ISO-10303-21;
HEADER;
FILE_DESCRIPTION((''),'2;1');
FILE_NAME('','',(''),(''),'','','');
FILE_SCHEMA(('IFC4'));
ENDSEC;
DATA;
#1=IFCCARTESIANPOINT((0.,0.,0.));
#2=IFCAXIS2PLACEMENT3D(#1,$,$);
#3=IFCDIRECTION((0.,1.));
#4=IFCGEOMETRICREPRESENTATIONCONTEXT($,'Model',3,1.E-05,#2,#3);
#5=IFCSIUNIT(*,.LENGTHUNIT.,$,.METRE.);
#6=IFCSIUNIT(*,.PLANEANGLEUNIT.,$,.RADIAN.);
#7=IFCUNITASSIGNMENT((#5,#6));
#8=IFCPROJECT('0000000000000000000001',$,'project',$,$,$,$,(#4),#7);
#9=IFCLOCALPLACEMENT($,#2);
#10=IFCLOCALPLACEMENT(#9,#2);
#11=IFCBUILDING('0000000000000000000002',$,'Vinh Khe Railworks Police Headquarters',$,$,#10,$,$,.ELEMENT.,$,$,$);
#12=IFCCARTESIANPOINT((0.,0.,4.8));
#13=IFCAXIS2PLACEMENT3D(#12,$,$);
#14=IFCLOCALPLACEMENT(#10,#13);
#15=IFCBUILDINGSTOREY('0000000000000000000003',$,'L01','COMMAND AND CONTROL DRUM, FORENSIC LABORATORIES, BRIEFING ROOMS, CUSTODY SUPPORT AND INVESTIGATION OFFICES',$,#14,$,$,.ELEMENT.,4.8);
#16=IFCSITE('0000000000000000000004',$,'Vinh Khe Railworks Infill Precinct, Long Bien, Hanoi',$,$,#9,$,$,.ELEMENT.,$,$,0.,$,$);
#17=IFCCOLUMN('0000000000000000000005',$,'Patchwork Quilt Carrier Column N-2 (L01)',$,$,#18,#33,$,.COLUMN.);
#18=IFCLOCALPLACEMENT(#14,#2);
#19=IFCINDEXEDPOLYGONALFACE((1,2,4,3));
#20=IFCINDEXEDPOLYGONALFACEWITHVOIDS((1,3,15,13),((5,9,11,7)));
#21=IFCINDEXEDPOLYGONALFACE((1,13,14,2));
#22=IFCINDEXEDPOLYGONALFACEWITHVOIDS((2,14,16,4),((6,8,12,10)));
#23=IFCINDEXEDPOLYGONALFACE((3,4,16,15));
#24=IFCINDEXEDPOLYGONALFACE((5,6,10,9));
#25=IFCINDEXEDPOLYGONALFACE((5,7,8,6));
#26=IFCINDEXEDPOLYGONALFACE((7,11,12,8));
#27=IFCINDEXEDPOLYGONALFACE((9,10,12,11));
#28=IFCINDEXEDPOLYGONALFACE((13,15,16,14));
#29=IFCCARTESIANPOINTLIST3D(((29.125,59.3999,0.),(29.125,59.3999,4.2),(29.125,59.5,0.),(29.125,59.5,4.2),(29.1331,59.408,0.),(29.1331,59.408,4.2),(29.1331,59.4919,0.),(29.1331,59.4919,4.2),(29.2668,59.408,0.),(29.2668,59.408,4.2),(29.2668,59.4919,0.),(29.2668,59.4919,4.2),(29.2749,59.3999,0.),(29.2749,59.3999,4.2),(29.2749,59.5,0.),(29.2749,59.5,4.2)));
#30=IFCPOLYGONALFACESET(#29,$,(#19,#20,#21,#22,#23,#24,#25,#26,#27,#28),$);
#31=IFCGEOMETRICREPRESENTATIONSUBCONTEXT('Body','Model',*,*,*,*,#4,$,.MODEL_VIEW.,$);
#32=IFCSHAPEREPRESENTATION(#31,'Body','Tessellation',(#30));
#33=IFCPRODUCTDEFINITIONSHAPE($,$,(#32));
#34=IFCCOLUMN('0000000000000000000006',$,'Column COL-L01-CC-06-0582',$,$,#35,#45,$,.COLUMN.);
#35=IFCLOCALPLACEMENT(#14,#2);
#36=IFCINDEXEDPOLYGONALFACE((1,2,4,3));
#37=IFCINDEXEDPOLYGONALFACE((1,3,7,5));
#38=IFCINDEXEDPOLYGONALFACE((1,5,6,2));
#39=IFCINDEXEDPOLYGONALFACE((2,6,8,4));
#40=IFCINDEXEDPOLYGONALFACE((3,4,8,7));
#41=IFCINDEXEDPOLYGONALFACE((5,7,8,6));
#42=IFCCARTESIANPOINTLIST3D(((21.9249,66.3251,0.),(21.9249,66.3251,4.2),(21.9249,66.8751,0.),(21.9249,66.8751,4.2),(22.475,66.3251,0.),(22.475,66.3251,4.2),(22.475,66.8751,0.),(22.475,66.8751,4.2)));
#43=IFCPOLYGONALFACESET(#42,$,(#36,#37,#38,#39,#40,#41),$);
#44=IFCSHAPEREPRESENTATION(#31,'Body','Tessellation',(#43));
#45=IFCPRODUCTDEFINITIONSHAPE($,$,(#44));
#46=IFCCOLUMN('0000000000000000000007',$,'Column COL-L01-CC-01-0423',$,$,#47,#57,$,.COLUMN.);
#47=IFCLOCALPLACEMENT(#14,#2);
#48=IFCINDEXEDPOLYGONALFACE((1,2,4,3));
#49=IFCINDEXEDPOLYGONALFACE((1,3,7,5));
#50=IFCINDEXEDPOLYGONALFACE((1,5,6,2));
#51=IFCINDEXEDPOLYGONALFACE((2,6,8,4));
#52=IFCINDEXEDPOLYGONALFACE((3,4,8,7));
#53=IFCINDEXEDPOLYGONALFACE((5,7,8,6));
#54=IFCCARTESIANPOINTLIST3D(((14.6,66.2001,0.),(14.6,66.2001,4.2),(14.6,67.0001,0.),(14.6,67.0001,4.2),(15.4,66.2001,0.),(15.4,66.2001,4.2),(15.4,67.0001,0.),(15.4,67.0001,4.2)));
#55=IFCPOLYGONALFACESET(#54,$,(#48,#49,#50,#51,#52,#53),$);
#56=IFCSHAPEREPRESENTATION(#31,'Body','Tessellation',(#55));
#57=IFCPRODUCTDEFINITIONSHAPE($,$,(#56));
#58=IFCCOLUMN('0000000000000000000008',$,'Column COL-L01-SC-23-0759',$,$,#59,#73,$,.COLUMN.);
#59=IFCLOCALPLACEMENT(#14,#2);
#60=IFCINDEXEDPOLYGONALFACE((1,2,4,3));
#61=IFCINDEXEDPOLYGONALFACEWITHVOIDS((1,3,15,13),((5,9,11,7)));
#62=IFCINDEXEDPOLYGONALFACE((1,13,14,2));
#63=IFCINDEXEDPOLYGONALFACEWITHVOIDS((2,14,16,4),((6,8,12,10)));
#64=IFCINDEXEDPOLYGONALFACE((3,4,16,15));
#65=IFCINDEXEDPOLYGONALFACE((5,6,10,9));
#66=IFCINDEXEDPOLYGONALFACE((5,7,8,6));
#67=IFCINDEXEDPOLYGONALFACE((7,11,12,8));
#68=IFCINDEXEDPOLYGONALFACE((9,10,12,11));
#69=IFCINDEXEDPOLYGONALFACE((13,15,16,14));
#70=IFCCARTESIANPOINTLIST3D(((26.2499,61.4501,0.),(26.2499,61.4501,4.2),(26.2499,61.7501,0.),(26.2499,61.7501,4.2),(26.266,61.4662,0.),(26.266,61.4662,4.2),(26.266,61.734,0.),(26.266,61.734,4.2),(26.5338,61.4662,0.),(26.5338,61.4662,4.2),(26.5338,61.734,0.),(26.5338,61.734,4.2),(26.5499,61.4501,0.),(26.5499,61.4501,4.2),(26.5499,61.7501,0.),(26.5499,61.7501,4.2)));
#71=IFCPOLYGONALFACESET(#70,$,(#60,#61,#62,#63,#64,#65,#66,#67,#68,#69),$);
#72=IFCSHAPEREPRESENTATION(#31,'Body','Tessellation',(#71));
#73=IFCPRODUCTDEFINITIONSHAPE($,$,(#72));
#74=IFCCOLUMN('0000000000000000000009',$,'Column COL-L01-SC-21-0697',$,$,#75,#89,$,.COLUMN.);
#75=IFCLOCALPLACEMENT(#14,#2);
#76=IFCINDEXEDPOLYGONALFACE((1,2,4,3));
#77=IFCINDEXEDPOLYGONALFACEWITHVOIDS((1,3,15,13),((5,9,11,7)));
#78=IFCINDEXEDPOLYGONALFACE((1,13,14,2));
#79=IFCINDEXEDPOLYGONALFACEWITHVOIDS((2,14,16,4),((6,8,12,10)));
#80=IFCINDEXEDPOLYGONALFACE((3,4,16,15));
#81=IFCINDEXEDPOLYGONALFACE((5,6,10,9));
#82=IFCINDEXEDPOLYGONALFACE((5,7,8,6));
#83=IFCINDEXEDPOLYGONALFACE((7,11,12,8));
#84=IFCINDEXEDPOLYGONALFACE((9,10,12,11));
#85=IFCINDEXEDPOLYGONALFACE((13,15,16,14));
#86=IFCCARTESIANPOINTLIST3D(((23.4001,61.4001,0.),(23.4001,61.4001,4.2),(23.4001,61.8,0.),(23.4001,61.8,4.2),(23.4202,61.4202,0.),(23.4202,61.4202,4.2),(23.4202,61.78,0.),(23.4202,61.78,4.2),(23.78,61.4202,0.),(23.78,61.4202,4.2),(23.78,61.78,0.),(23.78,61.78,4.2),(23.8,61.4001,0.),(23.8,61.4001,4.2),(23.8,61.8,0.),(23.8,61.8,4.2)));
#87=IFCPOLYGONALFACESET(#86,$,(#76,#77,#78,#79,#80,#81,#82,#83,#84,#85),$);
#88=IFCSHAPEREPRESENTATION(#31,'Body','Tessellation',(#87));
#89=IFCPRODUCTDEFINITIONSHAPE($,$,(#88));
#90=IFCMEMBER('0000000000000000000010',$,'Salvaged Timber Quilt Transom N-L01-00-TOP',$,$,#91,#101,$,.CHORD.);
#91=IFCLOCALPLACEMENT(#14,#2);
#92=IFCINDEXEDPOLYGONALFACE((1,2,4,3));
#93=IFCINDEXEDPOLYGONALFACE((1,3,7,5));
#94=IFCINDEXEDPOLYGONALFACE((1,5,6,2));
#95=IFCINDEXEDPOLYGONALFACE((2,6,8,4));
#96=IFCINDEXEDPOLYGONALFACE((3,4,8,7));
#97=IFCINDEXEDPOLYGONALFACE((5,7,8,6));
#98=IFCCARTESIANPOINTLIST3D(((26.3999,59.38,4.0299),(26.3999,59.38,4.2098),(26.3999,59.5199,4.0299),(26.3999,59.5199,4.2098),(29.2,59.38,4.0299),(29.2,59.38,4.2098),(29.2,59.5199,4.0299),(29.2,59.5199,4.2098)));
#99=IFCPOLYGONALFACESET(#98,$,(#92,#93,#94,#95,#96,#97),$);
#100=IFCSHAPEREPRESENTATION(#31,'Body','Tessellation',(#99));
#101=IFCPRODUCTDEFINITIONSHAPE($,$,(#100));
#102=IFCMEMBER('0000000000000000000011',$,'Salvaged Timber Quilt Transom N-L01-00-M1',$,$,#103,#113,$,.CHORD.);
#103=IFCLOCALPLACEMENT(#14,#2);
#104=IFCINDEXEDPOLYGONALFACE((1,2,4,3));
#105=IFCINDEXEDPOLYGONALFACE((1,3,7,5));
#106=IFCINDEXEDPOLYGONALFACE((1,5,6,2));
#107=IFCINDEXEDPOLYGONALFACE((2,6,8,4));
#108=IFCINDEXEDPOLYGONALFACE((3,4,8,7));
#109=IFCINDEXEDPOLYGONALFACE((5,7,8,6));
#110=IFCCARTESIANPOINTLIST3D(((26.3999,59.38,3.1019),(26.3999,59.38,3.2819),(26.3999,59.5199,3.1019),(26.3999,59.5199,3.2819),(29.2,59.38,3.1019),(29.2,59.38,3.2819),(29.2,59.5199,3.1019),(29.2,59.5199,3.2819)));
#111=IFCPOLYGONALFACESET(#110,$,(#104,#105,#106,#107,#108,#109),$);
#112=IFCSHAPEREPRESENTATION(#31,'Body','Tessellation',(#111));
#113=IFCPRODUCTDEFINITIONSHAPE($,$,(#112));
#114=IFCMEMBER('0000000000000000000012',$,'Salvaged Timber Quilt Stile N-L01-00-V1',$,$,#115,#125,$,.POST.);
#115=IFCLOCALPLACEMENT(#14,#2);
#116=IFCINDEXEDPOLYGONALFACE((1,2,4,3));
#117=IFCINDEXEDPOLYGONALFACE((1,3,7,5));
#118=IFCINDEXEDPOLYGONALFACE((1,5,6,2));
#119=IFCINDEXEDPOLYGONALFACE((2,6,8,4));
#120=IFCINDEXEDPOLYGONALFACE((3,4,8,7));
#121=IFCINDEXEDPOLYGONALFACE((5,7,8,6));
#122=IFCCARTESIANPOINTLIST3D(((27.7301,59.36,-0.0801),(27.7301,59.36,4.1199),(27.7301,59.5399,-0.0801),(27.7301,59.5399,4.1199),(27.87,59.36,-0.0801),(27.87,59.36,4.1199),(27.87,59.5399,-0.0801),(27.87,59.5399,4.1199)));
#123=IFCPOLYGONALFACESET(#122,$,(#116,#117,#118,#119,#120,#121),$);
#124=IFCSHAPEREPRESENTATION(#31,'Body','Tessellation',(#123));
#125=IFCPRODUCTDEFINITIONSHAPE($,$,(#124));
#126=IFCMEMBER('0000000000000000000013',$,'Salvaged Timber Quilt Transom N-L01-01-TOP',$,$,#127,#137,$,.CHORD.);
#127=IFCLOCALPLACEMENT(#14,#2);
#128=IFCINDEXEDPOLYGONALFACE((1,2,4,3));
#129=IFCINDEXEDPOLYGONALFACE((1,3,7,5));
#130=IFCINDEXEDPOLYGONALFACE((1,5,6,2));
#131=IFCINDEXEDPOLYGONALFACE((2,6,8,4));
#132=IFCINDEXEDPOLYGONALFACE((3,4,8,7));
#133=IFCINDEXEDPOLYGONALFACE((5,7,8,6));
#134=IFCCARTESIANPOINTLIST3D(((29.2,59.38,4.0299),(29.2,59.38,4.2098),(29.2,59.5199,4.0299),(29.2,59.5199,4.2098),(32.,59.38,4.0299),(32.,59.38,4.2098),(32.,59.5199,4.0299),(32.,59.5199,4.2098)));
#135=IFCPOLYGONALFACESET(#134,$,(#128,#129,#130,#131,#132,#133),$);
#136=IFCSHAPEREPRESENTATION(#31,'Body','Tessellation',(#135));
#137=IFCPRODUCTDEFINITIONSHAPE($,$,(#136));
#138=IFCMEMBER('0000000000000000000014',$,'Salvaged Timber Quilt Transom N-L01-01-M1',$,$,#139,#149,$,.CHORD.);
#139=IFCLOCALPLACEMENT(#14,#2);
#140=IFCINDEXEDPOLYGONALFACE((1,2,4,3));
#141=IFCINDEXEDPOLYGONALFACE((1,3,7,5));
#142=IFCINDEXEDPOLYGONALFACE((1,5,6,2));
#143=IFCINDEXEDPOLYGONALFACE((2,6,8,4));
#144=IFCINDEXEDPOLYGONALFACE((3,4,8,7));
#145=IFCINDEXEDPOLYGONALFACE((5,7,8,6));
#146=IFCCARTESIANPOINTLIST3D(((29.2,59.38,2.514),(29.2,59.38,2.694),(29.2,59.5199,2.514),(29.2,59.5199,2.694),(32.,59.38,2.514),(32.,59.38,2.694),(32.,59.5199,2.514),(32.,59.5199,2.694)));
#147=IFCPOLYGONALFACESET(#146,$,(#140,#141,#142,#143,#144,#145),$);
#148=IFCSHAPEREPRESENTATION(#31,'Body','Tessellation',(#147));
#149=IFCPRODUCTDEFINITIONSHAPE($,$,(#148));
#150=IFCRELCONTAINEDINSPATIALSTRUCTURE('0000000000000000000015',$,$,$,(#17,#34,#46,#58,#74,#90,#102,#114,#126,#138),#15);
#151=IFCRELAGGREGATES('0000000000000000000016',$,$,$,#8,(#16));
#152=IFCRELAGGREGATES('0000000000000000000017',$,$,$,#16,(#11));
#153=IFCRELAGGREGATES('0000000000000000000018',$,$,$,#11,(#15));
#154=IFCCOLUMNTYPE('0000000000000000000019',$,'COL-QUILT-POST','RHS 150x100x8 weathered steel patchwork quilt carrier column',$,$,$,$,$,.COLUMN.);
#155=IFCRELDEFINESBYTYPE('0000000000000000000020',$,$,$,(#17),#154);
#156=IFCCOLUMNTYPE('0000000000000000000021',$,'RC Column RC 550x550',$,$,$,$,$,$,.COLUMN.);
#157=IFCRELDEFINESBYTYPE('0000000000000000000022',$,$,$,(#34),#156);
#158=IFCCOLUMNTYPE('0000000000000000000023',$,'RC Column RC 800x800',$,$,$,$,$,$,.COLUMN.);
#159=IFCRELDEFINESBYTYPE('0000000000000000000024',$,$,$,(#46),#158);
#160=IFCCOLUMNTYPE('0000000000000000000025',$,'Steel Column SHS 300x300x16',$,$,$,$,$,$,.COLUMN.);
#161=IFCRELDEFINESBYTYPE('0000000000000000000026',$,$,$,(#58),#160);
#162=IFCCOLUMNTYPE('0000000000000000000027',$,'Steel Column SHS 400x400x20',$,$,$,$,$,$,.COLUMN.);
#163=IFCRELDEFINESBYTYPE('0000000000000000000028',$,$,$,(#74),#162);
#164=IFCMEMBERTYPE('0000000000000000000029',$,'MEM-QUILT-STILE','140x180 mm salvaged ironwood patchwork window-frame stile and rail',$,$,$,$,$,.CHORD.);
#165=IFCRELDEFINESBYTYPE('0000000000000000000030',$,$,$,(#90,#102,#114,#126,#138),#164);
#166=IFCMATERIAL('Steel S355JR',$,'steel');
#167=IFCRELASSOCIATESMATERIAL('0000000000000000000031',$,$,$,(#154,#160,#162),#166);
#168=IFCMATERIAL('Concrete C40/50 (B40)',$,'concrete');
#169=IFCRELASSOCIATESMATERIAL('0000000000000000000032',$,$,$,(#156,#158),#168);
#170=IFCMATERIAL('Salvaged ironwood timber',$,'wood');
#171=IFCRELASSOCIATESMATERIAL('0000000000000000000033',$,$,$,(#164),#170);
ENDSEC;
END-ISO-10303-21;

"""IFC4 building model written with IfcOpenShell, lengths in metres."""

from ifc_helpers import new_model, si_unit, direction, frame, origin, origin_2d, place, context, subcontext, project, spatial, rectangle, hollow_rectangle, extrude, material, material_profile, profile_set, type_object, element, save


model = new_model("IFC4")

# Units and contexts
model_context = context("Model", 3, precision=1e-05, world=origin(), true_north=direction((0.0, 1.0)))
body_context = subcontext(model_context, "Body", "Model", "MODEL_VIEW")
ifc_project = project(units=[si_unit("LENGTHUNIT", "METRE"), si_unit("PLANEANGLEUNIT", "RADIAN")], contexts=[model_context])

# Site, building, storey
site_placement = place(None, origin())
site = spatial("IfcSite", under=ifc_project, at=site_placement, Name="Vinh Khe Railworks Infill Precinct, Long Bien, Hanoi", CompositionType="ELEMENT", RefElevation=0.0)
building_placement = place(site_placement, origin())
building = spatial("IfcBuilding", under=site, at=building_placement, Name="Vinh Khe Railworks Police Headquarters", CompositionType="ELEMENT")
storey_placement = place(building_placement, frame((0.0, 0.0, 4.8)))
storey = spatial("IfcBuildingStorey", under=building, at=storey_placement, Name="L01", Description="COMMAND AND CONTROL DRUM, FORENSIC LABORATORIES, BRIEFING ROOMS, CUSTODY SUPPORT AND INVESTIGATION OFFICES", CompositionType="ELEMENT", Elevation=4.8)

# Columns
ifc_material_1 = material(Name="Steel S355JR", Category="steel")
ifc_material_profile_1 = material_profile(ifc_material_1, hollow_rectangle(XDim=0.1499, YDim=0.1001, WallThickness=0.0081, at=origin_2d()), Name="RHS 150x100x8")
ifc_profile_set_1 = profile_set([ifc_material_profile_1], Name="Steel S355JR")
column_type_1 = type_object("IfcColumnType", Name="COL-QUILT-POST", Description="RHS 150x100x8 weathered steel patchwork quilt carrier column", PredefinedType="COLUMN", material=ifc_profile_set_1)
column_1_placement = place(storey_placement, frame((29.2, 59.45, 0.0), z_axis=(0.0, 0.0, 1.0), x_axis=(1.0, 0.0, 0.0)))
element("IfcColumn", 1, at=column_1_placement, inside=storey, type_object=column_type_1, Name="Patchwork Quilt Carrier Column N-2 (L01)", PredefinedType="COLUMN", context=body_context, shape_type="SweptSolid", body=[
    extrude(hollow_rectangle(XDim=0.1499, YDim=0.1001, WallThickness=0.0081, at=origin_2d()), origin(), (0.0, 0.0, 1.0), 4.2),
])
ifc_material_2 = material(Name="Concrete C40/50 (B40)", Category="concrete")
ifc_material_profile_2 = material_profile(ifc_material_2, rectangle(XDim=0.55, YDim=0.55, at=origin_2d()), Name="RC 550x550")
ifc_profile_set_2 = profile_set([ifc_material_profile_2], Name="Concrete C40/50 (B40)")
column_type_2 = type_object("IfcColumnType", Name="RC Column RC 550x550", PredefinedType="COLUMN", material=ifc_profile_set_2)
column_2_placement = place(storey_placement, frame((22.2, 66.6001, 0.0), z_axis=(0.0, 0.0, 1.0), x_axis=(1.0, 0.0, 0.0)))
element("IfcColumn", 2, at=column_2_placement, inside=storey, type_object=column_type_2, Name="Column COL-L01-CC-06-0582", PredefinedType="COLUMN", context=body_context, shape_type="SweptSolid", body=[
    extrude(rectangle(XDim=0.55, YDim=0.55, at=origin_2d()), origin(), (0.0, 0.0, 1.0), 4.2),
])
ifc_material_profile_3 = material_profile(ifc_material_2, rectangle(XDim=0.8, YDim=0.8, at=origin_2d()), Name="RC 800x800")
ifc_profile_set_3 = profile_set([ifc_material_profile_3], Name="Concrete C40/50 (B40)")
column_type_3 = type_object("IfcColumnType", Name="RC Column RC 800x800", PredefinedType="COLUMN", material=ifc_profile_set_3)
column_3_placement = place(storey_placement, frame((15.0, 66.6001, 0.0), z_axis=(0.0, 0.0, 1.0), x_axis=(1.0, 0.0, 0.0)))
element("IfcColumn", 3, at=column_3_placement, inside=storey, type_object=column_type_3, Name="Column COL-L01-CC-01-0423", PredefinedType="COLUMN", context=body_context, shape_type="SweptSolid", body=[
    extrude(rectangle(XDim=0.8, YDim=0.8, at=origin_2d()), origin(), (0.0, 0.0, 1.0), 4.2),
])
ifc_material_profile_4 = material_profile(ifc_material_1, hollow_rectangle(XDim=0.3, YDim=0.3, WallThickness=0.0161, at=origin_2d()), Name="SHS 300x300x16")
ifc_profile_set_4 = profile_set([ifc_material_profile_4], Name="Steel S355JR")
column_type_4 = type_object("IfcColumnType", Name="Steel Column SHS 300x300x16", PredefinedType="COLUMN", material=ifc_profile_set_4)
column_4_placement = place(storey_placement, frame((26.3999, 61.6001, 0.0), z_axis=(0.0, 0.0, 1.0), x_axis=(1.0, 0.0, 0.0)))
element("IfcColumn", 4, at=column_4_placement, inside=storey, type_object=column_type_4, Name="Column COL-L01-SC-23-0759", PredefinedType="COLUMN", context=body_context, shape_type="SweptSolid", body=[
    extrude(hollow_rectangle(XDim=0.3, YDim=0.3, WallThickness=0.0161, at=origin_2d()), origin(), (0.0, 0.0, 1.0), 4.2),
])
ifc_material_profile_5 = material_profile(ifc_material_1, hollow_rectangle(XDim=0.3999, YDim=0.3999, WallThickness=0.02, at=origin_2d()), Name="SHS 400x400x20")
ifc_profile_set_5 = profile_set([ifc_material_profile_5], Name="Steel S355JR")
column_type_5 = type_object("IfcColumnType", Name="Steel Column SHS 400x400x20", PredefinedType="COLUMN", material=ifc_profile_set_5)
column_5_placement = place(storey_placement, frame((23.6001, 61.6001, 0.0), z_axis=(0.0, 0.0, 1.0), x_axis=(1.0, 0.0, 0.0)))
element("IfcColumn", 5, at=column_5_placement, inside=storey, type_object=column_type_5, Name="Column COL-L01-SC-21-0697", PredefinedType="COLUMN", context=body_context, shape_type="SweptSolid", body=[
    extrude(hollow_rectangle(XDim=0.3999, YDim=0.3999, WallThickness=0.02, at=origin_2d()), origin(), (0.0, 0.0, 1.0), 4.2),
])

# Members
ifc_material_3 = material(Name="Salvaged ironwood timber", Category="wood")
ifc_material_profile_6 = material_profile(ifc_material_3, rectangle(XDim=0.1399, YDim=0.1799, at=origin_2d()), Name="TIMBER 140x180")
ifc_profile_set_6 = profile_set([ifc_material_profile_6], Name="Salvaged ironwood timber")
member_type = type_object("IfcMemberType", Name="MEM-QUILT-STILE", Description="140x180 mm salvaged ironwood patchwork window-frame stile and rail", PredefinedType="CHORD", material=ifc_profile_set_6)
for number, where, z_axis, x_axis, name in (
    (6, (26.3999, 59.45, 4.1199), (1.0, 0.0, 0.0), (0.0, 1.0, 0.0), "Salvaged Timber Quilt Transom N-L01-00-TOP"),
    (7, (26.3999, 59.45, 3.1919), (1.0, 0.0, 0.0), (0.0, 1.0, 0.0), "Salvaged Timber Quilt Transom N-L01-00-M1"),
):
    element("IfcMember", number, at=place(storey_placement, frame(where, z_axis=z_axis, x_axis=x_axis)), inside=storey, type_object=member_type, Name=name, PredefinedType="CHORD", context=body_context, shape_type="SweptSolid", body=[
        extrude(rectangle(XDim=0.1399, YDim=0.1799, at=origin_2d()), origin(), (0.0, 0.0, 1.0), 2.8),
    ])
member_placement = place(storey_placement, frame((27.8, 59.45, -0.0801), z_axis=(0.0, 0.0, 1.0), x_axis=(1.0, 0.0, 0.0)))
element("IfcMember", 8, at=member_placement, inside=storey, type_object=member_type, Name="Salvaged Timber Quilt Stile N-L01-00-V1", PredefinedType="POST", context=body_context, shape_type="SweptSolid", body=[
    extrude(rectangle(XDim=0.1399, YDim=0.1799, at=origin_2d()), origin(), (0.0, 0.0, 1.0), 4.2),
])
for number, where, z_axis, x_axis, name in (
    (9, (29.2, 59.45, 4.1199), (1.0, 0.0, 0.0), (0.0, 1.0, 0.0), "Salvaged Timber Quilt Transom N-L01-01-TOP"),
    (10, (29.2, 59.45, 2.604), (1.0, 0.0, 0.0), (0.0, 1.0, 0.0), "Salvaged Timber Quilt Transom N-L01-01-M1"),
):
    element("IfcMember", number, at=place(storey_placement, frame(where, z_axis=z_axis, x_axis=x_axis)), inside=storey, type_object=member_type, Name=name, PredefinedType="CHORD", context=body_context, shape_type="SweptSolid", body=[
        extrude(rectangle(XDim=0.1399, YDim=0.1799, at=origin_2d()), origin(), (0.0, 0.0, 1.0), 2.8),
    ])

save(model, "model.ifc")
